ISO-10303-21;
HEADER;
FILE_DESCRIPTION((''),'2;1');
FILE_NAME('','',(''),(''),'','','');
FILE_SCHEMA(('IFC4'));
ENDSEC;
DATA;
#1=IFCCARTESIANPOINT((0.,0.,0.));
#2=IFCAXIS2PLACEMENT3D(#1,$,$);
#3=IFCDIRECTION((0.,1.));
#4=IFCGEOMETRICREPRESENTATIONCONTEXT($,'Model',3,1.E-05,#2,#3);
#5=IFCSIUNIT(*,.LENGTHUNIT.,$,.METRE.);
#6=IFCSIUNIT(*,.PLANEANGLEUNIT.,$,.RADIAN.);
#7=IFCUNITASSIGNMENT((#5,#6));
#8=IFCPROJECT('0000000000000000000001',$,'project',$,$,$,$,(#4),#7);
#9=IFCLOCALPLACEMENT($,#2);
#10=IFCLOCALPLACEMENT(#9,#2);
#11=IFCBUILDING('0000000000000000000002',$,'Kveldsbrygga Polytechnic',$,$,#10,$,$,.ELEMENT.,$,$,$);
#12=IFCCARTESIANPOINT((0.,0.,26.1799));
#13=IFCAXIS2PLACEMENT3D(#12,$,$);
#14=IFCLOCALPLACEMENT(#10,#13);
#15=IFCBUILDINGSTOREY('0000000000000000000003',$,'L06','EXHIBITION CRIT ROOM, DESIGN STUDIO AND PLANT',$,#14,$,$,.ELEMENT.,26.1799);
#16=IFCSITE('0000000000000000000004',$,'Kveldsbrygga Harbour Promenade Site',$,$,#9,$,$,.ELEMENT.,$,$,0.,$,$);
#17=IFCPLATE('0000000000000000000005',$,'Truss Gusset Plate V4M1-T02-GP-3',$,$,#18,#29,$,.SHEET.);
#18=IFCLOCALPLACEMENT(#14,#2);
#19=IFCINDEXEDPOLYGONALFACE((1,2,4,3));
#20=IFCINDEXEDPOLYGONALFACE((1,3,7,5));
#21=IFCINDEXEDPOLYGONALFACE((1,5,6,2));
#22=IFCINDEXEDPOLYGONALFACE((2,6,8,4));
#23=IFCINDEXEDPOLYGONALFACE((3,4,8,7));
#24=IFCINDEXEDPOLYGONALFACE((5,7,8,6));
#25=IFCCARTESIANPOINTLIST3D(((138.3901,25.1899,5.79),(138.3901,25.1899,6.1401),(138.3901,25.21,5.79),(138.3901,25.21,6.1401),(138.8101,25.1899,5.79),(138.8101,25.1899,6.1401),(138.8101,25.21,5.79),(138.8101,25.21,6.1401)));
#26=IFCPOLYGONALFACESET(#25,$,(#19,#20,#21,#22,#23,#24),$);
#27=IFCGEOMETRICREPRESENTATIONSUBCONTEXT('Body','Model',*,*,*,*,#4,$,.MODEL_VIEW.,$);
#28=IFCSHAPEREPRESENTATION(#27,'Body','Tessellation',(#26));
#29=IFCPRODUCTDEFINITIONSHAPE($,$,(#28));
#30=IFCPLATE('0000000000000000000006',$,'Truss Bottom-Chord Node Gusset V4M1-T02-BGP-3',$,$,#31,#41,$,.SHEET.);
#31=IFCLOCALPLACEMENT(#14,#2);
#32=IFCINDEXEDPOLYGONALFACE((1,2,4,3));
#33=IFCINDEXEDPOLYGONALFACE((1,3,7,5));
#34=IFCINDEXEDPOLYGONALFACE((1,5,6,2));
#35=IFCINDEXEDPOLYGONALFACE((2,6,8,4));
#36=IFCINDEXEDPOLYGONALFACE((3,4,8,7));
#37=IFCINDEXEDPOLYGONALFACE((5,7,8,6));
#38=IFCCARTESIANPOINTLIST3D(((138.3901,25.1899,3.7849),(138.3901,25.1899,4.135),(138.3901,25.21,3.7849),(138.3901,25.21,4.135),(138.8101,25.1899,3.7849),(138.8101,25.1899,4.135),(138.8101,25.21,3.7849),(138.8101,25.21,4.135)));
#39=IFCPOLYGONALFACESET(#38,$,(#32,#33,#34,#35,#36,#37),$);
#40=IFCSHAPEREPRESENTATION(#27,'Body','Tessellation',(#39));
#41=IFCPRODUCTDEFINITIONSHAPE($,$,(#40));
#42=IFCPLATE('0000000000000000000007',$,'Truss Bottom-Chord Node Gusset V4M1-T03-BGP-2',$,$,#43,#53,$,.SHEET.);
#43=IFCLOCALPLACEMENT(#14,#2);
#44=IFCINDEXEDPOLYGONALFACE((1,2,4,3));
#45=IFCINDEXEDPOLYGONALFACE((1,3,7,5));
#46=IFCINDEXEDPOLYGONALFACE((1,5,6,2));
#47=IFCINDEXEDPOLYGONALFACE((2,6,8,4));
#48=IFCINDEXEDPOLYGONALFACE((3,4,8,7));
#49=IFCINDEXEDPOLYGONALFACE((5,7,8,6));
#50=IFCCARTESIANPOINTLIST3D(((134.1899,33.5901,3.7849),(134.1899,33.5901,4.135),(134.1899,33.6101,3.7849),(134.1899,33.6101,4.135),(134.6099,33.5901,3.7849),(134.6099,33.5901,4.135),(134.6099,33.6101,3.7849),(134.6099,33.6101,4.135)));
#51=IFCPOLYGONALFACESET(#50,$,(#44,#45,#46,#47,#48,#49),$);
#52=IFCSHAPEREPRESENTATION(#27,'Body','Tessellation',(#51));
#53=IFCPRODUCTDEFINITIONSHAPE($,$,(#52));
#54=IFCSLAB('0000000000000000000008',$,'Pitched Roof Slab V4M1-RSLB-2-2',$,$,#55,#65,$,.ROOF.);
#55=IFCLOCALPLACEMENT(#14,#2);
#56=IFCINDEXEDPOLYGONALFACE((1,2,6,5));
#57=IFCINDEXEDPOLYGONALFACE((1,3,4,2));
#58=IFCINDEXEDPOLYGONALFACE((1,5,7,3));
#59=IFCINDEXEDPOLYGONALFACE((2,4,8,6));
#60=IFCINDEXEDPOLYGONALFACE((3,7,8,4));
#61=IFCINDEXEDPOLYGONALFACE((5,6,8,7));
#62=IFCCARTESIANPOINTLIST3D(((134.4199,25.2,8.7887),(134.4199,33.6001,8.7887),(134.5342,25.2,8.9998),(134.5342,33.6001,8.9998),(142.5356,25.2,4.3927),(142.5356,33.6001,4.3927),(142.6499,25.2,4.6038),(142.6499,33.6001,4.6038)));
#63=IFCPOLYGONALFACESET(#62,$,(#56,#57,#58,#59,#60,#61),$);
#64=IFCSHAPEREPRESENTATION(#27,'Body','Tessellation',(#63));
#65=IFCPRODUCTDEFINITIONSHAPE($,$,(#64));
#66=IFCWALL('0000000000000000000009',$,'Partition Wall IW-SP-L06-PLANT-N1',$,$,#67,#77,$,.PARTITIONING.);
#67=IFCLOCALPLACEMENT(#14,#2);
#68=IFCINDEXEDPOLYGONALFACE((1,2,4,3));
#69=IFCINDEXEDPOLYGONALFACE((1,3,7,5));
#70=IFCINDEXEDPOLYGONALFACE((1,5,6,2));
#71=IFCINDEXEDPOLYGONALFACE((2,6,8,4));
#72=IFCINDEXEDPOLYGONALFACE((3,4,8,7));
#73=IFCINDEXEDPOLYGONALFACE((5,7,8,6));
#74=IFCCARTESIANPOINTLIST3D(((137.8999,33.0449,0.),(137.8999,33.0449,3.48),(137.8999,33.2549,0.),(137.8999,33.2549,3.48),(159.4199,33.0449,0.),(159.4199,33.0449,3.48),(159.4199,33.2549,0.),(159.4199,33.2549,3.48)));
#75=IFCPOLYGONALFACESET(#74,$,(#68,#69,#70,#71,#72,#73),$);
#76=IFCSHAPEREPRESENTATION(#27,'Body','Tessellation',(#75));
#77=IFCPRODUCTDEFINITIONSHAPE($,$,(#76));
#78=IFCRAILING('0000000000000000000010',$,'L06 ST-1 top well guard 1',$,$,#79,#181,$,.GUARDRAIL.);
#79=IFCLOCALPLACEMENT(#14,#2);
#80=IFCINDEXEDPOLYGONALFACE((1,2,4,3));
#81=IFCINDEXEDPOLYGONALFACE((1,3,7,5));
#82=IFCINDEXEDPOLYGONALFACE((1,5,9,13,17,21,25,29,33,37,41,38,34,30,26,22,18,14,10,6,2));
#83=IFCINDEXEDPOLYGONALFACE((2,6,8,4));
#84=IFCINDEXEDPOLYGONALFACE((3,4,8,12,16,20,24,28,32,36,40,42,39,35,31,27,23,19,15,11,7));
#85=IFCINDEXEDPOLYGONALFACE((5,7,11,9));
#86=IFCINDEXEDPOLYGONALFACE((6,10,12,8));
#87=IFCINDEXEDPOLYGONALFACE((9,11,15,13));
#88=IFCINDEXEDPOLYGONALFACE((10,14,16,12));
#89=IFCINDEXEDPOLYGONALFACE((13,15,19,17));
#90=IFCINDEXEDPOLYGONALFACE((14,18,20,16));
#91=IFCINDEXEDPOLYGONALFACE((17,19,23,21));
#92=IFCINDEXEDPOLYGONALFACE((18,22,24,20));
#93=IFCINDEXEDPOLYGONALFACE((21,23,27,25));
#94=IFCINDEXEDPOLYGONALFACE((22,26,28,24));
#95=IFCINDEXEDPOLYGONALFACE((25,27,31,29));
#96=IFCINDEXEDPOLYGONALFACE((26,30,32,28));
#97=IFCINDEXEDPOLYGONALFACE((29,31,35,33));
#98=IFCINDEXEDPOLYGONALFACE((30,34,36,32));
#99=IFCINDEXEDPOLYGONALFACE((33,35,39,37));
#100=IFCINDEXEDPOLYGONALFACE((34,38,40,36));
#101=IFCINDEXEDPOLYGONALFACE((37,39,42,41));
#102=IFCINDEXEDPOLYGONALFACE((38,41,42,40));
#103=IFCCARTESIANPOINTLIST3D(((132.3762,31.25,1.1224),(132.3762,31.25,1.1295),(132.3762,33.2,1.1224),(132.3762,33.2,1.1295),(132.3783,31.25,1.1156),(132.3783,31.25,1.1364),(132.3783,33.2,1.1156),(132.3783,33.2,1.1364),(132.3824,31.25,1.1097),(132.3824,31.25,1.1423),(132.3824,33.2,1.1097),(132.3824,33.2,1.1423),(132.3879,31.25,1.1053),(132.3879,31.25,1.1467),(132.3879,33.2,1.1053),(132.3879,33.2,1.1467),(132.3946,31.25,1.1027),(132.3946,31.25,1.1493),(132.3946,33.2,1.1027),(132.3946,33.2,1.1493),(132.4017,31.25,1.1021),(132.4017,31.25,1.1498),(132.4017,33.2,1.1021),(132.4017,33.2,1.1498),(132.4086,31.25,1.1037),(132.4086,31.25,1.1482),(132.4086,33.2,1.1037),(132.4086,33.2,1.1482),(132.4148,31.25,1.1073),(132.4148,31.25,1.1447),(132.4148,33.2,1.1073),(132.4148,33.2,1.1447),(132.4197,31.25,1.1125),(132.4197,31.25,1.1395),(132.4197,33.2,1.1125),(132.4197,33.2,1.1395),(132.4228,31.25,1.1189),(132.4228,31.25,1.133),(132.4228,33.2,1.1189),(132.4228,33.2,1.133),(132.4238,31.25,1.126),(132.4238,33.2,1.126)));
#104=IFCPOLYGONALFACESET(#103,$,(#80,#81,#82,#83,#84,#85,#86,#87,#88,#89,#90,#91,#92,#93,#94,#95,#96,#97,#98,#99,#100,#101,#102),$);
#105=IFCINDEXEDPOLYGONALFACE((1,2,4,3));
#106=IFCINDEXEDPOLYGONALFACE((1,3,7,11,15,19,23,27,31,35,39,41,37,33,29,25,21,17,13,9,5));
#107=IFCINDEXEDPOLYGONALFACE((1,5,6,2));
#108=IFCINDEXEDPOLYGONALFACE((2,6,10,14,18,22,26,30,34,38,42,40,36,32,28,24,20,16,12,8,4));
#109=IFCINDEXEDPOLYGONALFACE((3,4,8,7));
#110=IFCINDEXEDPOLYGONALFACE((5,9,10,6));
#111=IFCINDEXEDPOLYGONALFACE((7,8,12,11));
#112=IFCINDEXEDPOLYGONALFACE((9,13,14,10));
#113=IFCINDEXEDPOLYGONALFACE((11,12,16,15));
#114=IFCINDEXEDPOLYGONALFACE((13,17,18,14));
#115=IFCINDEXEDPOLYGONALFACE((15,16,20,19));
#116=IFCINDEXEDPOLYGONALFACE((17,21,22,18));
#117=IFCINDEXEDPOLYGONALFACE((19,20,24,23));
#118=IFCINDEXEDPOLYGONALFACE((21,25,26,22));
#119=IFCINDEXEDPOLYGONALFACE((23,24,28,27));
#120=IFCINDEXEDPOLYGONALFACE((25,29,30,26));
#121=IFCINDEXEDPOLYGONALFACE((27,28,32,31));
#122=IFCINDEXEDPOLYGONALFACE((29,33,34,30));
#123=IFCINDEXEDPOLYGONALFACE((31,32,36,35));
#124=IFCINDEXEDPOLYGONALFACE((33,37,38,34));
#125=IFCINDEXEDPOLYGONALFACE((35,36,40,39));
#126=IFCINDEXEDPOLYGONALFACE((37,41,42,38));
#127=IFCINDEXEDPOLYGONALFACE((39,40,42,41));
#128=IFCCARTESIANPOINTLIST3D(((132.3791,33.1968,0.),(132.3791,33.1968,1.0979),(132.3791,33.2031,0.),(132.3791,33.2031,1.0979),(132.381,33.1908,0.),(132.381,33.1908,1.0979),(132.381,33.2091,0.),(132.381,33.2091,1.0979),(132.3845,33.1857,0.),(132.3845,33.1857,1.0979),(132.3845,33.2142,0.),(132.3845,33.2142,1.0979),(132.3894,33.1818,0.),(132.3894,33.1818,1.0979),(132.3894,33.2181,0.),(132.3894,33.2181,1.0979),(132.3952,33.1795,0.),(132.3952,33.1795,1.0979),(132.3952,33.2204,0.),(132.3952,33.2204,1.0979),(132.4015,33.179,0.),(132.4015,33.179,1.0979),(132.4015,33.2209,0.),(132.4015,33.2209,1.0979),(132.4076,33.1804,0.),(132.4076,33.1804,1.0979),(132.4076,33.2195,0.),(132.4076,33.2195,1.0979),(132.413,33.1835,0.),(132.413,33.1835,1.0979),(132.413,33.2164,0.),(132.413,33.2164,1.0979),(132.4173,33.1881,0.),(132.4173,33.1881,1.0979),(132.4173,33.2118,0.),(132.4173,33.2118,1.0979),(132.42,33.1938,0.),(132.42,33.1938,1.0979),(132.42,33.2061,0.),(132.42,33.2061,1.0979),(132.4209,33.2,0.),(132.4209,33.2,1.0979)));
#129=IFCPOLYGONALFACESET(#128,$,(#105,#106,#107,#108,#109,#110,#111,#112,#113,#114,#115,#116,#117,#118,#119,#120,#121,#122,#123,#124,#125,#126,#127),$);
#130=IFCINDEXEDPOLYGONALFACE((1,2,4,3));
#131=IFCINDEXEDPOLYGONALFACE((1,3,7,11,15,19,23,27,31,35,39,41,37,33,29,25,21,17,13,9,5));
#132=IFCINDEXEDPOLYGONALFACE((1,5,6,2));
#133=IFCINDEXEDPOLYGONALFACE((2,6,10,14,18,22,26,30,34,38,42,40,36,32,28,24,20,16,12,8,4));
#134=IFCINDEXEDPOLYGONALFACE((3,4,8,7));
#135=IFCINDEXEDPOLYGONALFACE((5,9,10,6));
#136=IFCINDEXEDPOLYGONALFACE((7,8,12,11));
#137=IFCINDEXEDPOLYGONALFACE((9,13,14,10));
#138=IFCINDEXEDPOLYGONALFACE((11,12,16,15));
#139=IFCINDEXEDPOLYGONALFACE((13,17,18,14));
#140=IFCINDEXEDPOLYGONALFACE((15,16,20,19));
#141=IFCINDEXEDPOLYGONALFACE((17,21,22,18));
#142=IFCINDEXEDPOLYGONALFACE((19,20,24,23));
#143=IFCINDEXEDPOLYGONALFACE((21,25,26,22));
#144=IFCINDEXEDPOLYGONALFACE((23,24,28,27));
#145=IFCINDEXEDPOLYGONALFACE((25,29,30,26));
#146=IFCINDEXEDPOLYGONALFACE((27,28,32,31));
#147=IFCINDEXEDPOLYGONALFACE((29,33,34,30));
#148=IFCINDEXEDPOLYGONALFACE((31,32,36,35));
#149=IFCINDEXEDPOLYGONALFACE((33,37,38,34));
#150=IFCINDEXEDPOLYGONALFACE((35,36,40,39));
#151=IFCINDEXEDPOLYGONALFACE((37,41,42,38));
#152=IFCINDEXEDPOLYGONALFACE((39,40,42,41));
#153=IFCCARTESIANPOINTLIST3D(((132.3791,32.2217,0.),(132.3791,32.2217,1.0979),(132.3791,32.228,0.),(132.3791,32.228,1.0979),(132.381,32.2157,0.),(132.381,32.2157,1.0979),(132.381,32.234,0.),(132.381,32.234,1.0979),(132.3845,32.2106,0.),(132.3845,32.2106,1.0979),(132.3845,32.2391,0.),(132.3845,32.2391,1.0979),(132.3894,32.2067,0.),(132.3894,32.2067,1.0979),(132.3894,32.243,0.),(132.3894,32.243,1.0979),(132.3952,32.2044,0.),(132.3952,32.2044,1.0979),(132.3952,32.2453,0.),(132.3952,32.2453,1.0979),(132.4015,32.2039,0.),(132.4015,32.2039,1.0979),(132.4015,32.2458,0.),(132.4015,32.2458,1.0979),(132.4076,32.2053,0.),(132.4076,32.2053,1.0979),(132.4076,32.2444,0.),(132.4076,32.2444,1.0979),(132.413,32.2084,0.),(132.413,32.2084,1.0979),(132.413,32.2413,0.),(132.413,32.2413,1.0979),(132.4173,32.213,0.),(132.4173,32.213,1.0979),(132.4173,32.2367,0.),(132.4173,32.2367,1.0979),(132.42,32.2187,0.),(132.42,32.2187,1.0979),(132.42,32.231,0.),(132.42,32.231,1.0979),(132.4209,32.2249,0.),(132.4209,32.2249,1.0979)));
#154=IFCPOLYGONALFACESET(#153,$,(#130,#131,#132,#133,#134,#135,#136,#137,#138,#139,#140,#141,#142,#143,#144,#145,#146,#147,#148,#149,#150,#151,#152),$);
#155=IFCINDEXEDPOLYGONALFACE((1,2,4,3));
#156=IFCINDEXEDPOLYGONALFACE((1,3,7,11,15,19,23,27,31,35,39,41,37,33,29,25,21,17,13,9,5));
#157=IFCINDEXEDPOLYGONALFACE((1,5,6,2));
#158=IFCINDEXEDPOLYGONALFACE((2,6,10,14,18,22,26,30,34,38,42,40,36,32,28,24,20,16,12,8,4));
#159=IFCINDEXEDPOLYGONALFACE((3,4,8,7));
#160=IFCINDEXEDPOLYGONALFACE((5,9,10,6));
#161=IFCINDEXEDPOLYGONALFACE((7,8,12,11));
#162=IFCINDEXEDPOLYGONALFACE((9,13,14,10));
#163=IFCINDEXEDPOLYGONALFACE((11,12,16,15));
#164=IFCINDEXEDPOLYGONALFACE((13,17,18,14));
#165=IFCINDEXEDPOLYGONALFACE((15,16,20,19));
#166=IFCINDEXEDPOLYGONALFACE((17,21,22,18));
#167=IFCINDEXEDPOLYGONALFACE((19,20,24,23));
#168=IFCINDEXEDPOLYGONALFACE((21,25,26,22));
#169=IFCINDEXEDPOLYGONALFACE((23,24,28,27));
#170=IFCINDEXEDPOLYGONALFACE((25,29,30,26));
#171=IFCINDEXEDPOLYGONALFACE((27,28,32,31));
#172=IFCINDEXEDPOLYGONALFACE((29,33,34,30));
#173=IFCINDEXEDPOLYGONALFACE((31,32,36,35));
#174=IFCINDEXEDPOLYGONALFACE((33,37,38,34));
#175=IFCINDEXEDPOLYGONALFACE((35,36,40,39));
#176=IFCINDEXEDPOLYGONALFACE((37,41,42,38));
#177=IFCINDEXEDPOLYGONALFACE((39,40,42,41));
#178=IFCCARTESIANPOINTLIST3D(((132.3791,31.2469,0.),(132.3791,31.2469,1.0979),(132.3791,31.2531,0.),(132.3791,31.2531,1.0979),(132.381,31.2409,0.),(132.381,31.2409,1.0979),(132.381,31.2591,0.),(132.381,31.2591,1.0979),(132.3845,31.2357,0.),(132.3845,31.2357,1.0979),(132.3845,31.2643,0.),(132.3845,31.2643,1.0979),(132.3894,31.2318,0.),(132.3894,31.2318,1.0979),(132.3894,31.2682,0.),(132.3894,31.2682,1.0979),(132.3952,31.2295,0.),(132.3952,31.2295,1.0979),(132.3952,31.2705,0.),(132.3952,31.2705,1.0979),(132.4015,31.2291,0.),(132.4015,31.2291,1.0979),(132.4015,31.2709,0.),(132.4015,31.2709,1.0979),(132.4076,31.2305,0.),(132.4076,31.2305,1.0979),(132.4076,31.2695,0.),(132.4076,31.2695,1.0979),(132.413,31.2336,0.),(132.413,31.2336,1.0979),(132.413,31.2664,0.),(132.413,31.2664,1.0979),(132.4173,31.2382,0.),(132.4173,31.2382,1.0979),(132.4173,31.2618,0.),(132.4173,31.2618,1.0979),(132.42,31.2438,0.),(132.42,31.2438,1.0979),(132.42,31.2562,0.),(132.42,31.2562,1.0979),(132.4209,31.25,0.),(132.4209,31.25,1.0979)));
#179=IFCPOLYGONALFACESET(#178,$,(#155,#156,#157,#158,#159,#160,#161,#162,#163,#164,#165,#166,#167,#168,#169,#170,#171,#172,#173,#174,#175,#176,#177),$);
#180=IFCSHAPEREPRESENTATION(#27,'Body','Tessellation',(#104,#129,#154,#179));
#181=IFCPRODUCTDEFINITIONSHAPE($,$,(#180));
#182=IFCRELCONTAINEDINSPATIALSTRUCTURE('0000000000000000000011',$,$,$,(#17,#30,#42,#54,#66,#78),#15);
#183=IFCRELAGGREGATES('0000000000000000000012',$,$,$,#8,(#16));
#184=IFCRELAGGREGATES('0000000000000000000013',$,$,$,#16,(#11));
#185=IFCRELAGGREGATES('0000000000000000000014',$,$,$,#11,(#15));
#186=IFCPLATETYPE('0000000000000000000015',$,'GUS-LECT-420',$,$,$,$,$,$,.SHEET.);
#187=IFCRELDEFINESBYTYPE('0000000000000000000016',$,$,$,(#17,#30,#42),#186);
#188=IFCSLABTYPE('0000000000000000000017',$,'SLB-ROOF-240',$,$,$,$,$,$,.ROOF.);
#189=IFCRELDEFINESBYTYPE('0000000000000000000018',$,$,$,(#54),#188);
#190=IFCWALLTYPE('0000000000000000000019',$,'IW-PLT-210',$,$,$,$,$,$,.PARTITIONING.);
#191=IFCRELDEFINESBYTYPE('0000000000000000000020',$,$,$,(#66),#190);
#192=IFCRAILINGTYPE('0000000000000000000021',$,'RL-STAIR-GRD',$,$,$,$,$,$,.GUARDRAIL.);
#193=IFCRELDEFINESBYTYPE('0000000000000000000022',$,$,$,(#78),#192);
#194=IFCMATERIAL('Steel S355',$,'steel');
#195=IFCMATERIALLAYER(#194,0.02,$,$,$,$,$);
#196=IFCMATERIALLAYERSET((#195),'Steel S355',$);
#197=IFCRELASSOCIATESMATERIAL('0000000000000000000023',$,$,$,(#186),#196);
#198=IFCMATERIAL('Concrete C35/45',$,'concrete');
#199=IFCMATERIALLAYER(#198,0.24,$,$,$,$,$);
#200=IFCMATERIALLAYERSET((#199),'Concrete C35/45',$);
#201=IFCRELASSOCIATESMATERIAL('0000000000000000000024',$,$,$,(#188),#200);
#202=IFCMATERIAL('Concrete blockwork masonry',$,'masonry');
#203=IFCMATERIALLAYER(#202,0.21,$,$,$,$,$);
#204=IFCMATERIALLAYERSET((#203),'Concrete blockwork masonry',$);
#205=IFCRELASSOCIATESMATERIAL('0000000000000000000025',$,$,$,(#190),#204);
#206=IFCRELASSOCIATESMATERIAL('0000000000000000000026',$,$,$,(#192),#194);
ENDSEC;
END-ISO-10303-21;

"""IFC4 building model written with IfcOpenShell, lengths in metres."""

from ifc_helpers import new_model, si_unit, direction, frame, frame_2d, origin, origin_2d, place, context, subcontext, project, spatial, polyline, rectangle, circle, outline, extrude, material, layer, layer_set, type_object, element, save


model = new_model("IFC4")

# Units and contexts
model_context = context("Model", 3, precision=1e-05, world=origin(), true_north=direction((0.0, 1.0)))
body_context = subcontext(model_context, "Body", "Model", "MODEL_VIEW")
ifc_project = project(units=[si_unit("LENGTHUNIT", "METRE"), si_unit("PLANEANGLEUNIT", "RADIAN")], contexts=[model_context])

# Site, building, storey
site_placement = place(None, origin())
site = spatial("IfcSite", under=ifc_project, at=site_placement, Name="Kveldsbrygga Harbour Promenade Site", CompositionType="ELEMENT", RefElevation=0.0)
building_placement = place(site_placement, origin())
building = spatial("IfcBuilding", under=site, at=building_placement, Name="Kveldsbrygga Polytechnic", CompositionType="ELEMENT")
storey_placement = place(building_placement, frame((0.0, 0.0, 26.1799)))
storey = spatial("IfcBuildingStorey", under=building, at=storey_placement, Name="L06", Description="EXHIBITION CRIT ROOM, DESIGN STUDIO AND PLANT", CompositionType="ELEMENT", Elevation=26.1799)

# Shared definitions
ifc_material_1 = material(Name="Steel S355", Category="steel")

# Plates
ifc_layer_1 = layer(ifc_material_1, 0.02)
ifc_layer_set_1 = layer_set([ifc_layer_1], Name="Steel S355")
plate_type_1 = type_object("IfcPlateType", Name="GUS-LECT-420", PredefinedType="SHEET", material=ifc_layer_set_1)
for number, where, z_axis, x_axis, name in (
    (1, (138.6001, 25.2, 5.79), (0.0, 0.0, 1.0), (1.0, 0.0, 0.0), "Truss Gusset Plate V4M1-T02-GP-3"),
    (2, (138.6001, 25.2, 3.7849), (0.0, 0.0, 1.0), (1.0, 0.0, 0.0), "Truss Bottom-Chord Node Gusset V4M1-T02-BGP-3"),
    (3, (134.3999, 33.6001, 3.7849), (0.0, 0.0, 1.0), (1.0, 0.0, 0.0), "Truss Bottom-Chord Node Gusset V4M1-T03-BGP-2"),
):
    element("IfcPlate", number, at=place(storey_placement, frame(where, z_axis=z_axis, x_axis=x_axis)), inside=storey, type_object=plate_type_1, Name=name, PredefinedType="SHEET", context=body_context, shape_type="SweptSolid", body=[
        extrude(rectangle(XDim=0.4199, YDim=0.02, at=origin_2d()), origin(), (0.0, 0.0, 1.0), 0.3501),
    ])

# Slab
ifc_material_2 = material(Name="Concrete C35/45", Category="concrete")
ifc_layer_2 = layer(ifc_material_2, 0.24)
ifc_layer_set_2 = layer_set([ifc_layer_2], Name="Concrete C35/45")
slab_type = type_object("IfcSlabType", Name="SLB-ROOF-240", PredefinedType="ROOF", material=ifc_layer_set_2)
slab_placement = place(storey_placement, frame((134.5342, 25.2, 8.9998), z_axis=(0.476281, 0.0, 0.879293), x_axis=(0.879293, 0.0, -0.476281)))
element("IfcSlab", 4, at=slab_placement, inside=storey, type_object=slab_type, Name="Pitched Roof Slab V4M1-RSLB-2-2", PredefinedType="ROOF", context=body_context, shape_type="SweptSolid", body=[
    extrude(outline(polyline([(0.0, 0.0), (9.2298, 0.0), (9.2298, 8.4001), (0.0, 8.4001), (0.0, 0.0)])), origin(), (0.0, 0.0, -1.0), 0.24),
])

# Wall
ifc_material_3 = material(Name="Concrete blockwork masonry", Category="masonry")
ifc_layer_3 = layer(ifc_material_3, 0.21)
ifc_layer_set_3 = layer_set([ifc_layer_3], Name="Concrete blockwork masonry")
wall_type_1 = type_object("IfcWallType", Name="IW-PLT-210", PredefinedType="PARTITIONING", material=ifc_layer_set_3)
wall_1_placement = place(storey_placement, frame((137.8999, 33.1499, 0.0), z_axis=(0.0, 0.0, 1.0), x_axis=(1.0, 0.0, 0.0)))
element("IfcWall", 5, at=wall_1_placement, inside=storey, type_object=wall_type_1, Name="Partition Wall IW-SP-L06-PLANT-N1", PredefinedType="PARTITIONING", context=body_context, shape_type="SweptSolid", body=[
    extrude(rectangle(XDim=21.52, YDim=0.21, at=frame_2d((10.76, 0.0))), origin(), (0.0, 0.0, 1.0), 3.48),
])

# Railing
railing_type = type_object("IfcRailingType", Name="RL-STAIR-GRD", PredefinedType="GUARDRAIL", material=ifc_material_1)
railing_placement = place(storey_placement, frame((132.3999, 33.2, 0.0)))
element("IfcRailing", 6, at=railing_placement, inside=storey, type_object=railing_type, Name="L06 ST-1 top well guard 1", PredefinedType="GUARDRAIL", context=body_context, shape_type="SweptSolid", body=[
    extrude(circle(Radius=0.0239, at=origin_2d()), frame((0.0, 0.0, 1.126), z_axis=(0.0, -1.0, 0.0), x_axis=(1.0, 0.0, 0.0)), (0.0, 0.0, 1.0), 1.95),
    extrude(circle(Radius=0.021, at=origin_2d()), origin(), (0.0, 0.0, 1.0), 1.0979),
    extrude(circle(Radius=0.021, at=origin_2d()), frame((0.0, -0.9751, 0.0)), (0.0, 0.0, 1.0), 1.0979),
    extrude(circle(Radius=0.021, at=origin_2d()), frame((0.0, -1.95, 0.0)), (0.0, 0.0, 1.0), 1.0979),
])

save(model, "model.ifc")
